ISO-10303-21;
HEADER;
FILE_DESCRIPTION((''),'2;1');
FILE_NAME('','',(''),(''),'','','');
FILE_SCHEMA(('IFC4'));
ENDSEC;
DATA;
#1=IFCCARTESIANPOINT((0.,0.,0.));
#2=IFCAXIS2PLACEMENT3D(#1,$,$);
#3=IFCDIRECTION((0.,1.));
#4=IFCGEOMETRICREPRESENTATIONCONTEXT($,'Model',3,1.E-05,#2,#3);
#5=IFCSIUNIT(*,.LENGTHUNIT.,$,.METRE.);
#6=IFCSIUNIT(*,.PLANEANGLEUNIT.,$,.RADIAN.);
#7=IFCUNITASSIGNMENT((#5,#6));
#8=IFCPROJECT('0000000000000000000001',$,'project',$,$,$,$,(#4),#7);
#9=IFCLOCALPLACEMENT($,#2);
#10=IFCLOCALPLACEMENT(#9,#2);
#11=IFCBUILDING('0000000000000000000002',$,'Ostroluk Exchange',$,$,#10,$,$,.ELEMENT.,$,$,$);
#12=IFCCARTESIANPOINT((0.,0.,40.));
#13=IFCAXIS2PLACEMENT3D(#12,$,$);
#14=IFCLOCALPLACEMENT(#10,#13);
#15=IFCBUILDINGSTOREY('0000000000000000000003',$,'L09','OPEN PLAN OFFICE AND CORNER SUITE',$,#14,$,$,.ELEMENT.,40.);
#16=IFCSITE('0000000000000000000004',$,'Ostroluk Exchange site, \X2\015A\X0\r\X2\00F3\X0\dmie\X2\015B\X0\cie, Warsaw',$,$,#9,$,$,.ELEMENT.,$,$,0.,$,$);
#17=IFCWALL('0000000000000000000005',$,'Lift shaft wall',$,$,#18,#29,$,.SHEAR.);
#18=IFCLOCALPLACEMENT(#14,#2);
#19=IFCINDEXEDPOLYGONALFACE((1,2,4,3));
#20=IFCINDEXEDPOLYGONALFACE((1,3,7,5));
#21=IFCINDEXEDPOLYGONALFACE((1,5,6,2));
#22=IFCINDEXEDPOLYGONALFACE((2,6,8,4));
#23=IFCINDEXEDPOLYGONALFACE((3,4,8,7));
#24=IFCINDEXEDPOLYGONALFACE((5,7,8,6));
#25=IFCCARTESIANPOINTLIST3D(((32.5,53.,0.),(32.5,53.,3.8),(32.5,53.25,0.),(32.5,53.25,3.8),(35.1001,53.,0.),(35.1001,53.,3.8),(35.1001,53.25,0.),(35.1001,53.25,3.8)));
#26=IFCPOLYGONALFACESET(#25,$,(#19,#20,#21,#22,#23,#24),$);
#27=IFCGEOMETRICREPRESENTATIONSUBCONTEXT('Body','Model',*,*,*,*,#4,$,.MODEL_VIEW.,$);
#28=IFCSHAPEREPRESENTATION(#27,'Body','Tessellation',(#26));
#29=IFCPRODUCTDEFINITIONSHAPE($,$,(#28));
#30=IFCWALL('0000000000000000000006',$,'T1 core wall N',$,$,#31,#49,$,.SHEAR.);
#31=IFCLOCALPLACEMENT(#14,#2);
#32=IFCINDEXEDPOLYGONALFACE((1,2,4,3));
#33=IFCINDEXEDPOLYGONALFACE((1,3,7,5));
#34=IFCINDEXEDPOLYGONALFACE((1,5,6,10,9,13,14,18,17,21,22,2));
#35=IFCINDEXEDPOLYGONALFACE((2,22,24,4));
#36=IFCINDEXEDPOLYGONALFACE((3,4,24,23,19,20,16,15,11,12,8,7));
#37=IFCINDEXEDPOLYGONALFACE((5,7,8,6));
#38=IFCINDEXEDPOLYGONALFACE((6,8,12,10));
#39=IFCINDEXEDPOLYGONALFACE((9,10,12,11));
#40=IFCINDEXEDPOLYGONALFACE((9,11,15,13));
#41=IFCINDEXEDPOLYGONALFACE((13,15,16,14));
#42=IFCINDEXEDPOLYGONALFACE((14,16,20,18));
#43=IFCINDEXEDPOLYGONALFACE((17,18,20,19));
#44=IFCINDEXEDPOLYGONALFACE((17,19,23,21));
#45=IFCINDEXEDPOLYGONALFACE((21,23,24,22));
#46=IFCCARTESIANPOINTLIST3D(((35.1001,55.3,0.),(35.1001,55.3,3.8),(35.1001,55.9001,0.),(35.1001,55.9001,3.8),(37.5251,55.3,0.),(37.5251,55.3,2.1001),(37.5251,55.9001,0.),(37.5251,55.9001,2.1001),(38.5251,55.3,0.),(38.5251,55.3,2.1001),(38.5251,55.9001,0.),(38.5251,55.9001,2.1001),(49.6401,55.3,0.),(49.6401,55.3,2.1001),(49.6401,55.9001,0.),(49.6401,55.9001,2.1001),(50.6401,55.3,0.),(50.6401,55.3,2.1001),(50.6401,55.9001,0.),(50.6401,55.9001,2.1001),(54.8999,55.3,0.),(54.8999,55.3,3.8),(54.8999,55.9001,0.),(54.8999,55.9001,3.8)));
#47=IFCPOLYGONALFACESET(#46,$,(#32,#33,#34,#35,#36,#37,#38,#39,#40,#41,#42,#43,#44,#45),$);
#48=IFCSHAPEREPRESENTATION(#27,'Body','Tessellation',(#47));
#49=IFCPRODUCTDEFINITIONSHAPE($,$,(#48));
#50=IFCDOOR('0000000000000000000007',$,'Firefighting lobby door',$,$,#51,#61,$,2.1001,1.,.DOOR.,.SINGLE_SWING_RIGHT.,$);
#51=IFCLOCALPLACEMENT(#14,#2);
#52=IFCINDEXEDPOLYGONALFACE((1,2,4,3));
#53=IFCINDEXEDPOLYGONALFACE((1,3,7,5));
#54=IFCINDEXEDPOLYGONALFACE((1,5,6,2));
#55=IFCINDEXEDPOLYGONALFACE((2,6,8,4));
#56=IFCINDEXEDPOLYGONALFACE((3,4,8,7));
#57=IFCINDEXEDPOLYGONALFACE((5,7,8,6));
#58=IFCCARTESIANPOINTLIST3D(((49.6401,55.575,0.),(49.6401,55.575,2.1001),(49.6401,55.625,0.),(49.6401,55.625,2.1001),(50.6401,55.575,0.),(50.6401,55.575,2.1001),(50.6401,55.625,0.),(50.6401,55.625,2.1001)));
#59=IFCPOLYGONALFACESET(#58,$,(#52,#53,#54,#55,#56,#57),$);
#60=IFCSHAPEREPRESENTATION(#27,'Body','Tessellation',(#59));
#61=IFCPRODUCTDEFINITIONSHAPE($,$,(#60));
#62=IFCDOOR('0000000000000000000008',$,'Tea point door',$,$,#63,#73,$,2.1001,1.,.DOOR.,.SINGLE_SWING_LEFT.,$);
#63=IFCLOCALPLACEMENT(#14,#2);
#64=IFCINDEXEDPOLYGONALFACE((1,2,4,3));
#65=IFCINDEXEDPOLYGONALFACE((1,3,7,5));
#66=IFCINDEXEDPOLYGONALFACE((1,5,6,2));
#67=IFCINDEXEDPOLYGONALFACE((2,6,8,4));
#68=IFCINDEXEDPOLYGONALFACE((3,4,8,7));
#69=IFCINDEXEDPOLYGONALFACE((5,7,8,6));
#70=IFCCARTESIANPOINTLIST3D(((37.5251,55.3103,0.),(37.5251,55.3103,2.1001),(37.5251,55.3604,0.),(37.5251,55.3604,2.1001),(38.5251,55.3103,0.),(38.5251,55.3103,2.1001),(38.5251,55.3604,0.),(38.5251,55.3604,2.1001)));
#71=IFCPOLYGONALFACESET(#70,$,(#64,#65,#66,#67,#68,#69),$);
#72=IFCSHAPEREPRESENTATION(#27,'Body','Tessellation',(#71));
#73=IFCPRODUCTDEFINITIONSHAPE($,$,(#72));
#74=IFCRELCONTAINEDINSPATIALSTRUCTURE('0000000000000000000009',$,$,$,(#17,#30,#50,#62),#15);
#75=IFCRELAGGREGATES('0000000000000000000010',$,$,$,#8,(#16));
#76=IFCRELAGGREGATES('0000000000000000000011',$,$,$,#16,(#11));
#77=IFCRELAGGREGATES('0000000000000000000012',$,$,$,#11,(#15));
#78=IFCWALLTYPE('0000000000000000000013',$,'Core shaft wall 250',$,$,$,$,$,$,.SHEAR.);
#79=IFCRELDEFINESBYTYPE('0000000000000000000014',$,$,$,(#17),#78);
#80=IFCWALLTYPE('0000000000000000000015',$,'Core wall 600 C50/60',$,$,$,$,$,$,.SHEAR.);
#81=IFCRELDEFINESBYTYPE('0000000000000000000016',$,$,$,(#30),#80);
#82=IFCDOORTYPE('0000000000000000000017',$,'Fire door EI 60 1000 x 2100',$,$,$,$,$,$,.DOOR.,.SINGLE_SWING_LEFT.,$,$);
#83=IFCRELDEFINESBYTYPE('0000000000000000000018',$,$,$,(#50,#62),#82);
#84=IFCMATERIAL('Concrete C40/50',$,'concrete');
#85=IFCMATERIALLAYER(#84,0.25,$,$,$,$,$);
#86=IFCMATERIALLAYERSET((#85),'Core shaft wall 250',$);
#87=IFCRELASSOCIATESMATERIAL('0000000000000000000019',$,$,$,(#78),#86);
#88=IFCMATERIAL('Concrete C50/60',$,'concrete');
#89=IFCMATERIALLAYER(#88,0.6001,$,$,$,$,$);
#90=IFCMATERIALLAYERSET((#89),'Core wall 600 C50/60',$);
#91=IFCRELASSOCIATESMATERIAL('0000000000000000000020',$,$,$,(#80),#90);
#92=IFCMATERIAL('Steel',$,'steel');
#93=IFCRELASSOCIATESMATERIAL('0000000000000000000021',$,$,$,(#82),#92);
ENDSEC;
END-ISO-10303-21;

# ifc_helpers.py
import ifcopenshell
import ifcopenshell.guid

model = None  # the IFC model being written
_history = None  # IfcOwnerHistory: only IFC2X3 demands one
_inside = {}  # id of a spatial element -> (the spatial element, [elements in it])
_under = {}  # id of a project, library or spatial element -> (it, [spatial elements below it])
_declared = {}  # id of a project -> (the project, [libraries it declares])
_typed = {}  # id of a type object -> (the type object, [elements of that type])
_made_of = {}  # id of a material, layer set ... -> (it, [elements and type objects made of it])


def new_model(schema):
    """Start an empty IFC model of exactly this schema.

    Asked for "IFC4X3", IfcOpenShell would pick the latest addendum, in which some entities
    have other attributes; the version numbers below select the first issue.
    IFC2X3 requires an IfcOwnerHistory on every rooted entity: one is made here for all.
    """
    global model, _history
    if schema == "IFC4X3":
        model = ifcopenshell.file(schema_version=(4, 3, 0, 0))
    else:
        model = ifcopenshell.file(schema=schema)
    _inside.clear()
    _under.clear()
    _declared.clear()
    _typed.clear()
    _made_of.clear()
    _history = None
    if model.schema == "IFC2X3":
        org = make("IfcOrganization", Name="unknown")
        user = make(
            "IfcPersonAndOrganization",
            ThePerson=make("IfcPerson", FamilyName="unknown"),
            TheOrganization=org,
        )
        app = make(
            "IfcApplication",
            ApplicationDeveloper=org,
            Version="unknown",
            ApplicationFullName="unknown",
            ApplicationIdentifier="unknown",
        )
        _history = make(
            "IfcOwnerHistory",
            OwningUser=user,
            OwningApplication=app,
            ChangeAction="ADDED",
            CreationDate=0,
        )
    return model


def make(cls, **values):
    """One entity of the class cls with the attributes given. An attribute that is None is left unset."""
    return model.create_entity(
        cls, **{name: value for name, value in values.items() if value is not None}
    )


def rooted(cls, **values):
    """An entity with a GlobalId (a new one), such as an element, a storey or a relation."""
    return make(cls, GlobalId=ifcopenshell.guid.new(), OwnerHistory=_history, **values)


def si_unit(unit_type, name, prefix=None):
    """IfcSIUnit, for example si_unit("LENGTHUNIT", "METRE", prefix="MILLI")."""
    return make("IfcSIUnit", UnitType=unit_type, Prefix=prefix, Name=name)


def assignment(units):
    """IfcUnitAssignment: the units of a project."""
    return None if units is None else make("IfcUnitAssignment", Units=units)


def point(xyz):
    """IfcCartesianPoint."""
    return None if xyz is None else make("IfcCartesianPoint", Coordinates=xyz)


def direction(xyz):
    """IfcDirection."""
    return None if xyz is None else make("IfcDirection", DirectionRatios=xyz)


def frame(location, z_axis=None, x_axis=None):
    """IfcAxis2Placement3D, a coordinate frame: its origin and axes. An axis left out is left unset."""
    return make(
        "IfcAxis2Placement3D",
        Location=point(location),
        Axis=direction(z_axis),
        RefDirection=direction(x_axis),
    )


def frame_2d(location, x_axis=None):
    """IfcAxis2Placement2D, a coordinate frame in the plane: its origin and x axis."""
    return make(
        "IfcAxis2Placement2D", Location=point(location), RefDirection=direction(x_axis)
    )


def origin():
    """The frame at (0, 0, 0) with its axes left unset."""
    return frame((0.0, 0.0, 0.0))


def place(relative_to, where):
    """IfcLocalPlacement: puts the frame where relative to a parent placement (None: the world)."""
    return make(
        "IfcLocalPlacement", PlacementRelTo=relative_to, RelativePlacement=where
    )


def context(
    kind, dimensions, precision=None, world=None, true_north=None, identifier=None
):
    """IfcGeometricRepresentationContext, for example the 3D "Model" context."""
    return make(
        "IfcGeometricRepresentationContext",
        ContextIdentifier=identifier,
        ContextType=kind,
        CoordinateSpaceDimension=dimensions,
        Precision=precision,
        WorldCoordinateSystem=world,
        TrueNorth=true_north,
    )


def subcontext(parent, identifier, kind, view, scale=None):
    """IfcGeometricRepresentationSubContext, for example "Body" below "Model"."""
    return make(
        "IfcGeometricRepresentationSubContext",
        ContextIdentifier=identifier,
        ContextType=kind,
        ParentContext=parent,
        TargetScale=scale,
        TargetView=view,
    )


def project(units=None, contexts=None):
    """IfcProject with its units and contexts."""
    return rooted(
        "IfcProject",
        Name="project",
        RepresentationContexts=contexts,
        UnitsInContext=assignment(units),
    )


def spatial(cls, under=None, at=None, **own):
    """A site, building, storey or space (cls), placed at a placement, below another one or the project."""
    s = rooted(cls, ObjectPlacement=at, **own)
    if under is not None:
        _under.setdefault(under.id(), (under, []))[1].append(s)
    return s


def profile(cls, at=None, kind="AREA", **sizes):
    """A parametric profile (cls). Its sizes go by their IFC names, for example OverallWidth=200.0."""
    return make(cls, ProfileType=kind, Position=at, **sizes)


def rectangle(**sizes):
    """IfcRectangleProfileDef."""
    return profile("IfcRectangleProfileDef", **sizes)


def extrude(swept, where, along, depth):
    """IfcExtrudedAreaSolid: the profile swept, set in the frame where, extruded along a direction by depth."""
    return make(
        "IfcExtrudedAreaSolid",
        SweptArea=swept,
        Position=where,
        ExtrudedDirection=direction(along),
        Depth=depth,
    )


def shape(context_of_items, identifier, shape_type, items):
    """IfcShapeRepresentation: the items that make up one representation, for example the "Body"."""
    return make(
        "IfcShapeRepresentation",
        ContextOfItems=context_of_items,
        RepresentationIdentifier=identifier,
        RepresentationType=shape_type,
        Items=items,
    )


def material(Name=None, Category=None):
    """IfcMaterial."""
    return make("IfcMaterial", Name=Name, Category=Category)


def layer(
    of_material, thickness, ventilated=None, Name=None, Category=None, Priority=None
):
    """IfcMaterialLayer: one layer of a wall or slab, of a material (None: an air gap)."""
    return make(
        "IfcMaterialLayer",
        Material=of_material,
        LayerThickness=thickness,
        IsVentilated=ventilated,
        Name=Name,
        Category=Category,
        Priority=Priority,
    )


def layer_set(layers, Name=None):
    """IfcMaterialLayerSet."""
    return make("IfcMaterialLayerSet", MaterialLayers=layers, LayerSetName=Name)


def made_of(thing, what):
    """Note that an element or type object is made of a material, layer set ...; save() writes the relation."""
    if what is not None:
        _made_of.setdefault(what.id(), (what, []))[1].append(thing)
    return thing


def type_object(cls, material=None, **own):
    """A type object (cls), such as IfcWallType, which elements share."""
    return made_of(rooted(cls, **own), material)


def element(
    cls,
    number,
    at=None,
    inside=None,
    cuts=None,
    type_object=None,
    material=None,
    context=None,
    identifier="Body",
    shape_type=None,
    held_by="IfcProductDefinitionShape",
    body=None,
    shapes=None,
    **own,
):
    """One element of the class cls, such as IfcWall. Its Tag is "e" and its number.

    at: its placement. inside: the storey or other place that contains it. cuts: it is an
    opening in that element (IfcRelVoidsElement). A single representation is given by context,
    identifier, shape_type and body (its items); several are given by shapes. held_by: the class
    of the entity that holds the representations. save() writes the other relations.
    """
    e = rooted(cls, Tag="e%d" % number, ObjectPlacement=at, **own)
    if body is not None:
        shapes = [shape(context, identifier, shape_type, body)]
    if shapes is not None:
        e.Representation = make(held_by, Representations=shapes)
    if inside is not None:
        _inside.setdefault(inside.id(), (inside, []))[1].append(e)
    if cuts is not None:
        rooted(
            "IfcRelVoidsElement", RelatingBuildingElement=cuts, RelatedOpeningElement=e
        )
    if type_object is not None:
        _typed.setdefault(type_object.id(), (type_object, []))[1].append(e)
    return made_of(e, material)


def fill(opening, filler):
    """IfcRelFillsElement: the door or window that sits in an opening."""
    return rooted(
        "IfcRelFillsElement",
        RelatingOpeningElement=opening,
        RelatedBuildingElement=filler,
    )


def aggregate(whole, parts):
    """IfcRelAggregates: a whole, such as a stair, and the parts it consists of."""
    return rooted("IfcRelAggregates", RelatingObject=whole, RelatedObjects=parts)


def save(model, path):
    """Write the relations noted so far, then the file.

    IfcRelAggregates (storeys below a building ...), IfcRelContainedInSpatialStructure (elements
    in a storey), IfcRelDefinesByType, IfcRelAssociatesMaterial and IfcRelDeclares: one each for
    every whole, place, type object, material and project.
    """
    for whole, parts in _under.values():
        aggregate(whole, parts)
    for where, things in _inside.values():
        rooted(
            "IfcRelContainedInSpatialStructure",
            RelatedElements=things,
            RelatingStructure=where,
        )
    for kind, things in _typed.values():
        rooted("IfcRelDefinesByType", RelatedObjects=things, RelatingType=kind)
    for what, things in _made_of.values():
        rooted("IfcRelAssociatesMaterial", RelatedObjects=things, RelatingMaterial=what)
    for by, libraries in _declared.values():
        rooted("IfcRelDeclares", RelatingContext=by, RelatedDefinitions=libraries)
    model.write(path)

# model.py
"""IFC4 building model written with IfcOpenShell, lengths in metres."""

from ifc_helpers import new_model, si_unit, direction, frame, frame_2d, origin, place, context, subcontext, project, spatial, rectangle, extrude, material, layer, layer_set, type_object, element, fill, save


model = new_model("IFC4")

# Units and contexts
model_context = context("Model", 3, precision=1e-05, world=origin(), true_north=direction((0.0, 1.0)))
body_context = subcontext(model_context, "Body", "Model", "MODEL_VIEW")
ifc_project = project(units=[si_unit("LENGTHUNIT", "METRE"), si_unit("PLANEANGLEUNIT", "RADIAN")], contexts=[model_context])

# Site, building, storey
site_placement = place(None, origin())
site = spatial("IfcSite", under=ifc_project, at=site_placement, Name="Ostroluk Exchange site, Śródmieście, Warsaw", CompositionType="ELEMENT", RefElevation=0.0)
building_placement = place(site_placement, origin())
building = spatial("IfcBuilding", under=site, at=building_placement, Name="Ostroluk Exchange", CompositionType="ELEMENT")
storey_placement = place(building_placement, frame((0.0, 0.0, 40.0)))
storey = spatial("IfcBuildingStorey", under=building, at=storey_placement, Name="L09", Description="OPEN PLAN OFFICE AND CORNER SUITE", CompositionType="ELEMENT", Elevation=40.0)

# Wall
ifc_material_1 = material(Name="Concrete C40/50", Category="concrete")
ifc_layer_1 = layer(ifc_material_1, 0.25)
ifc_layer_set_1 = layer_set([ifc_layer_1], Name="Core shaft wall 250")
wall_type_1 = type_object("IfcWallType", Name="Core shaft wall 250", PredefinedType="SHEAR", material=ifc_layer_set_1)
wall_1_placement = place(storey_placement, frame((32.5, 53.125, 0.0), z_axis=(0.0, 0.0, 1.0), x_axis=(1.0, 0.0, 0.0)))
element("IfcWall", 1, at=wall_1_placement, inside=storey, type_object=wall_type_1, Name="Lift shaft wall", PredefinedType="SHEAR", context=body_context, shape_type="SweptSolid", body=[
    extrude(rectangle(XDim=2.6001, YDim=0.25, at=frame_2d((1.3, 0.0))), origin(), (0.0, 0.0, 1.0), 3.8),
])

# Wall, openings, doors
ifc_material_2 = material(Name="Concrete C50/60", Category="concrete")
ifc_layer_2 = layer(ifc_material_2, 0.6001)
ifc_layer_set_2 = layer_set([ifc_layer_2], Name="Core wall 600 C50/60")
wall_type_2 = type_object("IfcWallType", Name="Core wall 600 C50/60", PredefinedType="SHEAR", material=ifc_layer_set_2)
wall_2_placement = place(storey_placement, frame((35.1001, 55.6001, 0.0), z_axis=(0.0, 0.0, 1.0), x_axis=(1.0, 0.0, 0.0)))
wall_2 = element("IfcWall", 2, at=wall_2_placement, inside=storey, type_object=wall_type_2, Name="T1 core wall N", PredefinedType="SHEAR", context=body_context, shape_type="SweptSolid", body=[
    extrude(rectangle(XDim=19.7998, YDim=0.6001, at=frame_2d((9.8999, 0.0))), origin(), (0.0, 0.0, 1.0), 3.8),
])
opening_1_placement = place(wall_2_placement, frame((14.54, 0.0, 0.0)))
opening_1 = element("IfcOpeningElement", 3, at=opening_1_placement, cuts=wall_2, PredefinedType="OPENING", context=body_context, shape_type="SweptSolid", body=[
    extrude(rectangle(XDim=1.0, YDim=2.1001, at=frame_2d((0.5, 1.05))), frame((0.0, 0.3101, 0.0), z_axis=(0.0, -1.0, 0.0), x_axis=(1.0, 0.0, 0.0)), (0.0, 0.0, 1.0), 0.6201),
])
opening_2_placement = place(wall_2_placement, frame((2.425, 0.0, 0.0)))
opening_2 = element("IfcOpeningElement", 4, at=opening_2_placement, cuts=wall_2, PredefinedType="OPENING", context=body_context, shape_type="SweptSolid", body=[
    extrude(rectangle(XDim=1.0, YDim=2.1001, at=frame_2d((0.5, 1.05))), frame((0.0, 0.3101, 0.0), z_axis=(0.0, -1.0, 0.0), x_axis=(1.0, 0.0, 0.0)), (0.0, 0.0, 1.0), 0.6201),
])
ifc_material_3 = material(Name="Steel", Category="steel")
door_type = type_object("IfcDoorType", Name="Fire door EI 60 1000 x 2100", OperationType="SINGLE_SWING_LEFT", PredefinedType="DOOR", material=ifc_material_3)
door_1_placement = place(opening_1_placement, origin())
door_1 = element("IfcDoor", 5, at=door_1_placement, inside=storey, type_object=door_type, Name="Firefighting lobby door", OperationType="SINGLE_SWING_RIGHT", OverallHeight=2.1001, OverallWidth=1.0, PredefinedType="DOOR", context=body_context, shape_type="SweptSolid", body=[
    extrude(rectangle(XDim=1.0, YDim=2.1001, at=frame_2d((0.5, 1.05))), frame((0.0, 0.0249, 0.0), z_axis=(0.0, -1.0, 0.0), x_axis=(1.0, 0.0, 0.0)), (0.0, 0.0, 1.0), 0.05),
])
fill(opening_1, door_1)
door_2_placement = place(opening_2_placement, origin())
door_2 = element("IfcDoor", 6, at=door_2_placement, inside=storey, type_object=door_type, Name="Tea point door", OperationType="SINGLE_SWING_LEFT", OverallHeight=2.1001, OverallWidth=1.0, PredefinedType="DOOR", context=body_context, shape_type="SweptSolid", body=[
    extrude(rectangle(XDim=1.0, YDim=2.1001, at=frame_2d((0.5, 1.05))), frame((0.0, -0.2397, 0.0), z_axis=(0.0, -1.0, 0.0), x_axis=(1.0, 0.0, 0.0)), (0.0, 0.0, 1.0), 0.05),
])
fill(opening_2, door_2)

save(model, "model.ifc")
